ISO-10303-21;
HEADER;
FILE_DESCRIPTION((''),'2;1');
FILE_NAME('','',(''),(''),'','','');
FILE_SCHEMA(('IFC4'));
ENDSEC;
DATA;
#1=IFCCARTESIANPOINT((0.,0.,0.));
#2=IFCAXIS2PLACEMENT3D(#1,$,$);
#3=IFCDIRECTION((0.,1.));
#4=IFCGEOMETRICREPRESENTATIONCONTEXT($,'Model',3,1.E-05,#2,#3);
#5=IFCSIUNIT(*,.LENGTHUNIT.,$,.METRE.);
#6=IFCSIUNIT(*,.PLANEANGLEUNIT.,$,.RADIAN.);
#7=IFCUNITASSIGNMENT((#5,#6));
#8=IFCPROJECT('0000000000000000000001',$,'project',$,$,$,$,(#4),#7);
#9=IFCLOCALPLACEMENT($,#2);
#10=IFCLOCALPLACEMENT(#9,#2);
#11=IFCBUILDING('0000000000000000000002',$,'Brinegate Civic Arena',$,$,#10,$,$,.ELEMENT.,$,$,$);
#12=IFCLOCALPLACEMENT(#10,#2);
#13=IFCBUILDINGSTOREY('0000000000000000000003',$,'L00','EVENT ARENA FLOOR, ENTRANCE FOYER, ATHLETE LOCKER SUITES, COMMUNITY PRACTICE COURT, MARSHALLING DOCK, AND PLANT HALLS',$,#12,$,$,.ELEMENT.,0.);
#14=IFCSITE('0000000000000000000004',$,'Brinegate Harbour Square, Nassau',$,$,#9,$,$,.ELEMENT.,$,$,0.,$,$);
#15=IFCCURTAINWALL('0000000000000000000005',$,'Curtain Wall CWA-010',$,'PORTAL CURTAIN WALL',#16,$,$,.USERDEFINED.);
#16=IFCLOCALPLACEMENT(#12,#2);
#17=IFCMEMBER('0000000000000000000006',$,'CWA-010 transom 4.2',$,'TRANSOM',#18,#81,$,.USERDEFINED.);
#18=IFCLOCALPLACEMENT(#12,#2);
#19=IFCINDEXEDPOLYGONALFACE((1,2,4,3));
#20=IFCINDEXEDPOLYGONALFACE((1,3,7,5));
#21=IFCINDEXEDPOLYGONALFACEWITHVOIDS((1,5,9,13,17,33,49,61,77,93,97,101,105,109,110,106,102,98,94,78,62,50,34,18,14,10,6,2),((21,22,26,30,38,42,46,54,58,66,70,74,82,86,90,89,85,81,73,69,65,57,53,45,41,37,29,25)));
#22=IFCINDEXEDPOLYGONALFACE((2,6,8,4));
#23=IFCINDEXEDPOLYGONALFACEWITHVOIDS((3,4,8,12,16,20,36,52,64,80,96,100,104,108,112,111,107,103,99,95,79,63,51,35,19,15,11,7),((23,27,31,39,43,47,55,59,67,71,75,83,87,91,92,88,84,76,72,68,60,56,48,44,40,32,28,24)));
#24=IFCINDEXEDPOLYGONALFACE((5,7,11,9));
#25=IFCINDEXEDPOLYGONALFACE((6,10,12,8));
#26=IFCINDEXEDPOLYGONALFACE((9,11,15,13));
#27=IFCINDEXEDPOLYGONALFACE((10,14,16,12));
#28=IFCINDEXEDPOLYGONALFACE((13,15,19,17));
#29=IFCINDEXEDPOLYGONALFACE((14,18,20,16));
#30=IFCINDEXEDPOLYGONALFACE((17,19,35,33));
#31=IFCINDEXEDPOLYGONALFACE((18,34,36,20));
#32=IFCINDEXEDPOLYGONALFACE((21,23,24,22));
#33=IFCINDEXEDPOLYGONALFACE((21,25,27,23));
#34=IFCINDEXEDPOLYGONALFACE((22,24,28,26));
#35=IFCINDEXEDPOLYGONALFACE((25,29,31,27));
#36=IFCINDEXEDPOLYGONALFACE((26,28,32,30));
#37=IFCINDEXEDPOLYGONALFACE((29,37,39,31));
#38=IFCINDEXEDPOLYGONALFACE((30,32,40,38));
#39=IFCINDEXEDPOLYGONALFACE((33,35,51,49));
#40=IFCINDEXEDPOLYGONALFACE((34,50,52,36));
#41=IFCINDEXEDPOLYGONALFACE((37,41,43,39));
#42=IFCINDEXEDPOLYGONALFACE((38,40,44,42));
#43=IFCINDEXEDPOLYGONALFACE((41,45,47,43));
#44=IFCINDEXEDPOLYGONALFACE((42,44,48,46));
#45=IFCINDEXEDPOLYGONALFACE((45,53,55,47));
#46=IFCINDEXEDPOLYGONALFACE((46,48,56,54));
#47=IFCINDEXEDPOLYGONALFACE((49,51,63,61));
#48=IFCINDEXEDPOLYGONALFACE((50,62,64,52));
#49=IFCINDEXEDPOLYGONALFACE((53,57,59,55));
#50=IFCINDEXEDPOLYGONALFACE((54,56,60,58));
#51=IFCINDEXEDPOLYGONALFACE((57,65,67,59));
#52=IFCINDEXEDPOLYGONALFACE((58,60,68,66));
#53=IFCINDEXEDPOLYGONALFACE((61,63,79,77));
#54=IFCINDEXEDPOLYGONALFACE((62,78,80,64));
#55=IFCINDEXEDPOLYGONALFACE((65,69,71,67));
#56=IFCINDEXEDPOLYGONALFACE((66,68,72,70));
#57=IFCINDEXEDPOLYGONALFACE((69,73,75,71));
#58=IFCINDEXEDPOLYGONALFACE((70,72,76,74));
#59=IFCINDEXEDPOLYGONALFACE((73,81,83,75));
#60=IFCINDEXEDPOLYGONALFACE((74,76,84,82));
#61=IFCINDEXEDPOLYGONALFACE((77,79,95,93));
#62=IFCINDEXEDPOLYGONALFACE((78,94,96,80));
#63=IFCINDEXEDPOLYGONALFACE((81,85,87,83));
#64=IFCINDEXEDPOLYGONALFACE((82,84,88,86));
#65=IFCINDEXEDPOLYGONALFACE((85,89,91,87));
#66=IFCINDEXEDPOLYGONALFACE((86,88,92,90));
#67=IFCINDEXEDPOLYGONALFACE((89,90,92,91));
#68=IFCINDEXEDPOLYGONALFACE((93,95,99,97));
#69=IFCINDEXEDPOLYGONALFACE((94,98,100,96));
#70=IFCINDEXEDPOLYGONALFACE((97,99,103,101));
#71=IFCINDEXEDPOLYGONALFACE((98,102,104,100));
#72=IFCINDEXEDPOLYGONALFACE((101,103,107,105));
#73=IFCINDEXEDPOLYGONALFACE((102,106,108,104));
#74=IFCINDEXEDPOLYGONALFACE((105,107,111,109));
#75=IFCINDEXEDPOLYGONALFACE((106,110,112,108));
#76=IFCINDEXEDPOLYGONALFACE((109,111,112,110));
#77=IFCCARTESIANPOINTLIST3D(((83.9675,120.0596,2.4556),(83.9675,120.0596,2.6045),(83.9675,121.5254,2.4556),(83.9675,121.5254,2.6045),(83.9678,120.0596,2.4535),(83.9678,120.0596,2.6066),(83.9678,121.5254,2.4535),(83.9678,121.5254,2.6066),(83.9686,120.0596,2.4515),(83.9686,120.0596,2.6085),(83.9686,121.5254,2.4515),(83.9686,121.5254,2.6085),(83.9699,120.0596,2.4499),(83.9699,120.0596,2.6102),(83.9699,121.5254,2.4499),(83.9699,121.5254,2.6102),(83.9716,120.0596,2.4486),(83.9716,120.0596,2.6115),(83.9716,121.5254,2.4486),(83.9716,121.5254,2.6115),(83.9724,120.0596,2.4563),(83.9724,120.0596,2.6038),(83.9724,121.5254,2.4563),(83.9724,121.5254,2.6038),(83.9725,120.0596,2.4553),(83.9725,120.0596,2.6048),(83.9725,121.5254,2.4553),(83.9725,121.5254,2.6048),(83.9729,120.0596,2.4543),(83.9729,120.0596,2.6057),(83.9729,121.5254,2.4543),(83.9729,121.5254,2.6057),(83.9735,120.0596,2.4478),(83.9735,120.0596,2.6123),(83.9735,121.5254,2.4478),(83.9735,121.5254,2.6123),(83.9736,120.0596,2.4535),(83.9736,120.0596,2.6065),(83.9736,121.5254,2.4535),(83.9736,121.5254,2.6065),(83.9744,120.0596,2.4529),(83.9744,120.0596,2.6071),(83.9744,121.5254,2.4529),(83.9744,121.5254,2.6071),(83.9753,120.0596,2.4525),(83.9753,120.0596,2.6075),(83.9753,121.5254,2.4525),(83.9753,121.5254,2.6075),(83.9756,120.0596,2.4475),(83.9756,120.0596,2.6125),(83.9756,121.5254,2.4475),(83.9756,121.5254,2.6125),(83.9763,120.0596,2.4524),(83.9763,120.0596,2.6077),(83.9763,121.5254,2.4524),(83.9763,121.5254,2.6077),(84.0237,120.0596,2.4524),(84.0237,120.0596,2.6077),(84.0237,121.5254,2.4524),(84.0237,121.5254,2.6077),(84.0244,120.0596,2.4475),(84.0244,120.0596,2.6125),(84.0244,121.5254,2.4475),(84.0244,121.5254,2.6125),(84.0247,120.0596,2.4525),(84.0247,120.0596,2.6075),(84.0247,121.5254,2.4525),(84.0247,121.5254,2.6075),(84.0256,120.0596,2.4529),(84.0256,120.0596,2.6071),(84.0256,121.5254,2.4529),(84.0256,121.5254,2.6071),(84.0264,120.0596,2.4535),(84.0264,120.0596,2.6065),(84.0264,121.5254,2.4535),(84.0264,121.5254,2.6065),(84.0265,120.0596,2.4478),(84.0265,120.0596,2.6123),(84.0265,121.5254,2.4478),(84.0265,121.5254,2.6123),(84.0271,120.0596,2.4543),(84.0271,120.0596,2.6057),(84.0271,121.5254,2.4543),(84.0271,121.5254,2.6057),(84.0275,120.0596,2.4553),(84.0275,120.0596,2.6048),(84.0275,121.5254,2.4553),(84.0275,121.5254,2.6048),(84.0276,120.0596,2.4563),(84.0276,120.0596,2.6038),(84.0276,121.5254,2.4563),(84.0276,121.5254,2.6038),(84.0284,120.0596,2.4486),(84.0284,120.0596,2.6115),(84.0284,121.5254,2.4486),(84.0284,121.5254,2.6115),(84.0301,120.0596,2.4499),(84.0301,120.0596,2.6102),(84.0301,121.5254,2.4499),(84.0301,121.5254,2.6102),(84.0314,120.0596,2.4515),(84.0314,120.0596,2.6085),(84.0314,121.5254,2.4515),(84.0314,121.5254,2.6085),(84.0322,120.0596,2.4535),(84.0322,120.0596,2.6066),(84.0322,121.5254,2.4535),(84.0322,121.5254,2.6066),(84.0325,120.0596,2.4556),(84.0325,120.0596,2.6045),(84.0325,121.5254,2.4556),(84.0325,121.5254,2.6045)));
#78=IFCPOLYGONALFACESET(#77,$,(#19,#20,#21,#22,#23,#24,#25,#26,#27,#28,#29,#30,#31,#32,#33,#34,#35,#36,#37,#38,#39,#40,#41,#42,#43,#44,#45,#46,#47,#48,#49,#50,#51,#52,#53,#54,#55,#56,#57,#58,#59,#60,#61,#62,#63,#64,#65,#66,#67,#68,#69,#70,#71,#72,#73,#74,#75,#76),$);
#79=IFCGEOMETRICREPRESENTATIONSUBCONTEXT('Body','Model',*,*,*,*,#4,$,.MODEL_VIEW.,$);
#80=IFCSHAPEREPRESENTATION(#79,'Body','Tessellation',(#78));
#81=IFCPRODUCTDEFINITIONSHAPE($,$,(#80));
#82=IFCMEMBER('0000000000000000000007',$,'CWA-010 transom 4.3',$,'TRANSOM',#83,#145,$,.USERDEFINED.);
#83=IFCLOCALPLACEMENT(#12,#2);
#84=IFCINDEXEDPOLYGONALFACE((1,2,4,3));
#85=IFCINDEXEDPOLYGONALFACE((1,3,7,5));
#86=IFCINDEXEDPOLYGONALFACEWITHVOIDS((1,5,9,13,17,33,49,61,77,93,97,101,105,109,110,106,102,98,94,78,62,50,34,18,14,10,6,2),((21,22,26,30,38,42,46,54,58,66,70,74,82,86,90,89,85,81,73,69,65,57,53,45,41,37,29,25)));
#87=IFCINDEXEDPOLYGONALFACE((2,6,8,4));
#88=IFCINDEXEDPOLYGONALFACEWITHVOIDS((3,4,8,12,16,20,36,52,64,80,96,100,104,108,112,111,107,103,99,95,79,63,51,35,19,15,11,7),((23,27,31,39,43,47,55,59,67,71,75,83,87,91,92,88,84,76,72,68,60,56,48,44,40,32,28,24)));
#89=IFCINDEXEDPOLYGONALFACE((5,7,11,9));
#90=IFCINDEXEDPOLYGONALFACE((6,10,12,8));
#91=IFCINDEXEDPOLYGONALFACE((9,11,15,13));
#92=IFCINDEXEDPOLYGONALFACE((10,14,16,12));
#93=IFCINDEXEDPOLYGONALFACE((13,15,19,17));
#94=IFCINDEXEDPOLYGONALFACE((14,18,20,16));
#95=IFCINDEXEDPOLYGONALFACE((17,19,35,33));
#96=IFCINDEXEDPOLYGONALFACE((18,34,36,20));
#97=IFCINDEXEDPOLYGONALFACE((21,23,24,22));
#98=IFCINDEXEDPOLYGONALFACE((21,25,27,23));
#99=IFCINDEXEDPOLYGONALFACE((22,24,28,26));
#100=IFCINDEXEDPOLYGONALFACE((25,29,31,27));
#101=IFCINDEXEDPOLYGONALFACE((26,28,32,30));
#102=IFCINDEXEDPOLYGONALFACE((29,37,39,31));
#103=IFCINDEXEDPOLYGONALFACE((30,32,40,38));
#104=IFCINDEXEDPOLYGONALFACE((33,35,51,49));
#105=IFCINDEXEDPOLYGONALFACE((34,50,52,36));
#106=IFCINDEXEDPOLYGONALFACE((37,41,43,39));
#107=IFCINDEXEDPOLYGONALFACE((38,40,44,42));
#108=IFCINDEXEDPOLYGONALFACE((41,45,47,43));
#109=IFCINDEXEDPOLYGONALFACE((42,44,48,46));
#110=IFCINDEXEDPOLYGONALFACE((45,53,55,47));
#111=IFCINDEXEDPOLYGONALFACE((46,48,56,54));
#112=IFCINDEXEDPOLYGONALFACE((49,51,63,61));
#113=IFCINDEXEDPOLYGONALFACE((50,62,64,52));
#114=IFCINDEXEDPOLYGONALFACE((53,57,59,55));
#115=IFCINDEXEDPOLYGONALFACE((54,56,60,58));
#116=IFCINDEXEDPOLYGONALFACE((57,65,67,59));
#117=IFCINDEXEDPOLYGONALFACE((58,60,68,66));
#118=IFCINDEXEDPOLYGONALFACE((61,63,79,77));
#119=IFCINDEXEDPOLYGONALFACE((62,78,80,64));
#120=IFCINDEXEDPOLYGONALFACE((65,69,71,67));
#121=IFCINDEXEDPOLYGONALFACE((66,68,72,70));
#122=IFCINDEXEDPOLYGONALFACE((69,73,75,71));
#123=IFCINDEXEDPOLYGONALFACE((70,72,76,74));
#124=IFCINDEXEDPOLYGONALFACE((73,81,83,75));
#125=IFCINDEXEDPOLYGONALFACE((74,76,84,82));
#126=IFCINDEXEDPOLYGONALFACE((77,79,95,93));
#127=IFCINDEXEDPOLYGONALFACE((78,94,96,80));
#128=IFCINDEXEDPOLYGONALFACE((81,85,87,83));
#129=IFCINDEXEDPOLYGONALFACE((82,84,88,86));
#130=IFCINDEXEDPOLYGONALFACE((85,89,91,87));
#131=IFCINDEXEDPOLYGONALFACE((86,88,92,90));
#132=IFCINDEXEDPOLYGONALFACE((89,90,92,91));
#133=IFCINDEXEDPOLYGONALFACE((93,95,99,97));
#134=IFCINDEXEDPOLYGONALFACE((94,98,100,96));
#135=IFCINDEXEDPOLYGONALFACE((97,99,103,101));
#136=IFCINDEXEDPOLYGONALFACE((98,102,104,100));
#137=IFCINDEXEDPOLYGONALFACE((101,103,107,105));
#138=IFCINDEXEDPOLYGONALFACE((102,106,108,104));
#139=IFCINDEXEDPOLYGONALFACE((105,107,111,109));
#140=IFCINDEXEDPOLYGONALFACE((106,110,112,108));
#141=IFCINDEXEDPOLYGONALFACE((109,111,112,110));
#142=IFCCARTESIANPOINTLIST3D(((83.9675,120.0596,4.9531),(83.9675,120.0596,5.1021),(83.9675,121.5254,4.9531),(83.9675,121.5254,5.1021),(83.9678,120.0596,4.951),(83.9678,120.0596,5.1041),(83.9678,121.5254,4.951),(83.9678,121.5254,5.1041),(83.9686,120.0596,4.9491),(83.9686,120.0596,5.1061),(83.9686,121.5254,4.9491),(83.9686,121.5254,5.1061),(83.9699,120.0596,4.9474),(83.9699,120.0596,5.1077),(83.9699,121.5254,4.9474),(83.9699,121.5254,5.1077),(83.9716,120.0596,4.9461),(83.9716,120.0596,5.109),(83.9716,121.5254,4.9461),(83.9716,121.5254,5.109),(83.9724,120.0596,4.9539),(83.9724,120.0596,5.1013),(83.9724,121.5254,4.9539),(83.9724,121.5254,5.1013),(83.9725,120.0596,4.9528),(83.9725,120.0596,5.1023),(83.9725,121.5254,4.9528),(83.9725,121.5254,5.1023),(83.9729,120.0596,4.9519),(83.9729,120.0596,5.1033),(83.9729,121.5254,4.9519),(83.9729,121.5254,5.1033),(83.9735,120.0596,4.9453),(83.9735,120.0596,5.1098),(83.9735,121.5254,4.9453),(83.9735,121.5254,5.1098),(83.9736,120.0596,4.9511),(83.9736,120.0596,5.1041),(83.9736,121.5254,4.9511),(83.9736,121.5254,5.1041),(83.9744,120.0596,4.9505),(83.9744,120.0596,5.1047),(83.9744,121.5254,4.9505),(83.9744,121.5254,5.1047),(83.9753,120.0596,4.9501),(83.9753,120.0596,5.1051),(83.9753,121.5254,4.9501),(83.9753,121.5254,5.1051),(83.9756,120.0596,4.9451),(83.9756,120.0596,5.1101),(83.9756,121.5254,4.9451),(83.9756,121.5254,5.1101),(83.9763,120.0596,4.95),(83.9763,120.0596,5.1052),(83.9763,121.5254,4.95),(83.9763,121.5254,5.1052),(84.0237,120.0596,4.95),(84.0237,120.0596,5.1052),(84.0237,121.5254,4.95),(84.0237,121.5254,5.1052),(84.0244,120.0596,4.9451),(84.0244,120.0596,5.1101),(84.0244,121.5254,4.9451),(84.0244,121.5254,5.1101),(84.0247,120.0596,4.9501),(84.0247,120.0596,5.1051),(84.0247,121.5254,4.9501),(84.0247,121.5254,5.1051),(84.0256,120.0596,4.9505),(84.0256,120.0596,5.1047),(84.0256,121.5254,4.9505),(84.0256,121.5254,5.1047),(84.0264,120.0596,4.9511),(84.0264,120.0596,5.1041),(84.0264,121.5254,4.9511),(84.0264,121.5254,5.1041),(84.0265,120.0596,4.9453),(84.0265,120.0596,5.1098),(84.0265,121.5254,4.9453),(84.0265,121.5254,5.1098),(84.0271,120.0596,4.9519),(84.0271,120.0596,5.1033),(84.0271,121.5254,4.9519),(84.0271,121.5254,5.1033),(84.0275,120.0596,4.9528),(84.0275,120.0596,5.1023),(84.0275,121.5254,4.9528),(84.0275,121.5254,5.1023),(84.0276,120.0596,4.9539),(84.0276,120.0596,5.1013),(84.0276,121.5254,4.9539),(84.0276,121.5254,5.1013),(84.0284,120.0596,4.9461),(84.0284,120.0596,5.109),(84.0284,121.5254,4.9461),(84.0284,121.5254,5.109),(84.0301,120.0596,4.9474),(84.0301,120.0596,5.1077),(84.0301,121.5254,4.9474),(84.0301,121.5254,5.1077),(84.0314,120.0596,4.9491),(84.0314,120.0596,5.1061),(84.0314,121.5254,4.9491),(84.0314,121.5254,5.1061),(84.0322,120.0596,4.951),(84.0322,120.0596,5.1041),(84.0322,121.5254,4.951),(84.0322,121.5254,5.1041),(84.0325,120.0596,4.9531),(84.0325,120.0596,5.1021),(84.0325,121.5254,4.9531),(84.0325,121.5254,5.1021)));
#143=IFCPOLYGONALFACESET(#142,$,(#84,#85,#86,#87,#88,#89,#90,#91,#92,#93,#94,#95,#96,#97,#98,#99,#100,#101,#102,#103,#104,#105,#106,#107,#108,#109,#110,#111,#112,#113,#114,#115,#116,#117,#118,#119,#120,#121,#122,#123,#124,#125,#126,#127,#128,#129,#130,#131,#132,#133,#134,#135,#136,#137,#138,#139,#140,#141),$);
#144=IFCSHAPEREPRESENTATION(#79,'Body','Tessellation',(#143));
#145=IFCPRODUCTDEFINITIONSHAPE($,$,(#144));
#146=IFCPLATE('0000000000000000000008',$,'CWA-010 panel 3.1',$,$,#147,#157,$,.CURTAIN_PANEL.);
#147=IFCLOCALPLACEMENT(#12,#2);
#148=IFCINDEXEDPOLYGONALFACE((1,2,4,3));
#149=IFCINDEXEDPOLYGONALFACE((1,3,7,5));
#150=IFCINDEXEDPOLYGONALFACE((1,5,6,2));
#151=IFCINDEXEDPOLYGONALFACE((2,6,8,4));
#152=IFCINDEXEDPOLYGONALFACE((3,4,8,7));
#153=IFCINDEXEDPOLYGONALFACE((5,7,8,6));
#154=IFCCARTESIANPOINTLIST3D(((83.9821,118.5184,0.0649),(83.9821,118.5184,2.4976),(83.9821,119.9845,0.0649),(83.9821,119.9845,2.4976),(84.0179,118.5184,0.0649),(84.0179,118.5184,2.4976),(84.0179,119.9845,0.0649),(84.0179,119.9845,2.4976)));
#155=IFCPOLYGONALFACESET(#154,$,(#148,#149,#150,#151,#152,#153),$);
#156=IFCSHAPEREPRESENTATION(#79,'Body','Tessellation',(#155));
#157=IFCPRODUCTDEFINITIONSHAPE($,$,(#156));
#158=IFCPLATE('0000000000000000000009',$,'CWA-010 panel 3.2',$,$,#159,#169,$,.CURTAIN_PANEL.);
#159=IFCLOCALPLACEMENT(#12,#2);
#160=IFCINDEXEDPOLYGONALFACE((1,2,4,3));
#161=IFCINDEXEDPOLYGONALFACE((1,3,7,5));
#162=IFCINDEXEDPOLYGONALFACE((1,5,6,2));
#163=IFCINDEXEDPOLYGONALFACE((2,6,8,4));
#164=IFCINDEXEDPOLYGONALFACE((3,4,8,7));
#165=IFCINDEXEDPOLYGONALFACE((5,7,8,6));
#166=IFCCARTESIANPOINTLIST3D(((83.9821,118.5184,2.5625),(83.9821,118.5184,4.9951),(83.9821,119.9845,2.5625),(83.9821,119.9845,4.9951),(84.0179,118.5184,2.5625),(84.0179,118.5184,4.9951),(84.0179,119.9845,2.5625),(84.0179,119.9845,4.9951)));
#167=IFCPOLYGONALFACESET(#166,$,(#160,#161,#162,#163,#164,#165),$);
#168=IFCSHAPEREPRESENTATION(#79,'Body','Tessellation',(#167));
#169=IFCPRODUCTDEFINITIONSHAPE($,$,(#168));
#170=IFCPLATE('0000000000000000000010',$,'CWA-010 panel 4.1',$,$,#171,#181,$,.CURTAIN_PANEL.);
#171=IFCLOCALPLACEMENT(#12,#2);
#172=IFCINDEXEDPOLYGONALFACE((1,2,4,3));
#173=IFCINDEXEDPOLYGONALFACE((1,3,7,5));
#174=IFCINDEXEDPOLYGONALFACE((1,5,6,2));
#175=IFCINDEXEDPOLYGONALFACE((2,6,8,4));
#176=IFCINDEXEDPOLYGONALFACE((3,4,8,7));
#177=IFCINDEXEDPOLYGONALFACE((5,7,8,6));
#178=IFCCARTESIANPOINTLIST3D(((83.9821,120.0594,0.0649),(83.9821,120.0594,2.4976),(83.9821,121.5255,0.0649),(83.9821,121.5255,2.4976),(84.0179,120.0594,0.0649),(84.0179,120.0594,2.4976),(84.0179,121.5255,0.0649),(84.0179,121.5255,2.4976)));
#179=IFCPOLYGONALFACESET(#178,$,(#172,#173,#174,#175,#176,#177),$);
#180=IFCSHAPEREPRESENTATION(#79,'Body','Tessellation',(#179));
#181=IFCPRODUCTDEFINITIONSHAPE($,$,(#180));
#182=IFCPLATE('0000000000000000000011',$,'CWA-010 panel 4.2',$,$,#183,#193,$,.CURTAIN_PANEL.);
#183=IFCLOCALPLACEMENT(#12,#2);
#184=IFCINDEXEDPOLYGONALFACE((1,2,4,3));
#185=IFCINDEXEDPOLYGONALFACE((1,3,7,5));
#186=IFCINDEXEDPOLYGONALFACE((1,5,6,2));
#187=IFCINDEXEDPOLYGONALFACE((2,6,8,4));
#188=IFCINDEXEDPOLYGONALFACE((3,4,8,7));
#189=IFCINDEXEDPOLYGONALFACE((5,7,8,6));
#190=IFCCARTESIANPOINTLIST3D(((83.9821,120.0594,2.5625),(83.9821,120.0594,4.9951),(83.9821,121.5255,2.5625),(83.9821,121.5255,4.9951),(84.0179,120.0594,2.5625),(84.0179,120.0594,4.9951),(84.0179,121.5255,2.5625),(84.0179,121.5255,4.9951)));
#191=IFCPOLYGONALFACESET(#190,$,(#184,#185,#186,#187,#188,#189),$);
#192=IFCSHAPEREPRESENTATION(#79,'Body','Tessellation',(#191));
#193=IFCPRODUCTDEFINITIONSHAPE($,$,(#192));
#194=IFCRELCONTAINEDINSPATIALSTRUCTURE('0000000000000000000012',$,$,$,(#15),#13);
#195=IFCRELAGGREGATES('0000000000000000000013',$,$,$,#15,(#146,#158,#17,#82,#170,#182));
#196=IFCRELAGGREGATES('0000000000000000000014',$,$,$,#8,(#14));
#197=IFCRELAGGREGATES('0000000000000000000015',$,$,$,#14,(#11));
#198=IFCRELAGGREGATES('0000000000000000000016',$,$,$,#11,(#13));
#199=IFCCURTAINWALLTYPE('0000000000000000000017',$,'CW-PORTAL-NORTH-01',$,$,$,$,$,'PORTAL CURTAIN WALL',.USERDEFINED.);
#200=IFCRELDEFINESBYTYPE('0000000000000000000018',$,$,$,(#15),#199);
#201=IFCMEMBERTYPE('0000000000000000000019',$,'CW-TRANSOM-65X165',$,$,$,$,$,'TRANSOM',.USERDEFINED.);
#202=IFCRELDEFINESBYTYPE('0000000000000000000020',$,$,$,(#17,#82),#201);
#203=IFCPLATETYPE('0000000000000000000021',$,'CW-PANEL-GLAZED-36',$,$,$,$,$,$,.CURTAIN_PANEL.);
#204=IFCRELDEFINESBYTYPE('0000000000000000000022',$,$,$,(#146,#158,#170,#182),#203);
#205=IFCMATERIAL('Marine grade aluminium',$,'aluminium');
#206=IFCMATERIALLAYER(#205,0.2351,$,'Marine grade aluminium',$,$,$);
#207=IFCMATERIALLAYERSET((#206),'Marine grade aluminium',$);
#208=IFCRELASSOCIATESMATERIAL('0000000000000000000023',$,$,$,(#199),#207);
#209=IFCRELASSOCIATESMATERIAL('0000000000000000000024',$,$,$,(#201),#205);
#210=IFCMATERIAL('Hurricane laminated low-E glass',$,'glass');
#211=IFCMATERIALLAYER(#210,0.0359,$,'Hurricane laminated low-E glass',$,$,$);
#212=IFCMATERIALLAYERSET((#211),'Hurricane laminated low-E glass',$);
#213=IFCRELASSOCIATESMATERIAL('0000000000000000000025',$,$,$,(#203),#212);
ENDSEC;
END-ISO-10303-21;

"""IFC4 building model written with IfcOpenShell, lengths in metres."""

from ifc_helpers import new_model, si_unit, direction, frame, origin, origin_2d, place, context, subcontext, project, spatial, rectangle, hollow_rectangle, extrude, material, layer, layer_set, material_profile, profile_set, type_object, element, aggregate, save


model = new_model("IFC4")

# Units and contexts
model_context = context("Model", 3, precision=1e-05, world=origin(), true_north=direction((0.0, 1.0)))
body_context = subcontext(model_context, "Body", "Model", "MODEL_VIEW")
ifc_project = project(units=[si_unit("LENGTHUNIT", "METRE"), si_unit("PLANEANGLEUNIT", "RADIAN")], contexts=[model_context])

# Site, building, storey
site_placement = place(None, origin())
site = spatial("IfcSite", under=ifc_project, at=site_placement, Name="Brinegate Harbour Square, Nassau", CompositionType="ELEMENT", RefElevation=0.0)
building_placement = place(site_placement, origin())
building = spatial("IfcBuilding", under=site, at=building_placement, Name="Brinegate Civic Arena", CompositionType="ELEMENT")
storey_placement = place(building_placement, origin())
storey = spatial("IfcBuildingStorey", under=building, at=storey_placement, Name="L00", Description="EVENT ARENA FLOOR, ENTRANCE FOYER, ATHLETE LOCKER SUITES, COMMUNITY PRACTICE COURT, MARSHALLING DOCK, AND PLANT HALLS", CompositionType="ELEMENT", Elevation=0.0)

# Curtain wall, members, plates
ifc_material_1 = material(Name="Marine grade aluminium", Category="aluminium")
ifc_layer_1 = layer(ifc_material_1, 0.2351, Name="Marine grade aluminium")
ifc_layer_set_1 = layer_set([ifc_layer_1], Name="Marine grade aluminium")
curtain_wall_type = type_object("IfcCurtainWallType", Name="CW-PORTAL-NORTH-01", ElementType="PORTAL CURTAIN WALL", PredefinedType="USERDEFINED", material=ifc_layer_set_1)
curtain_wall_placement = place(storey_placement, origin())
curtain_wall = element("IfcCurtainWall", 1, at=curtain_wall_placement, inside=storey, type_object=curtain_wall_type, Name="Curtain Wall CWA-010", ObjectType="PORTAL CURTAIN WALL", PredefinedType="USERDEFINED")
ifc_material_profile_1 = material_profile(ifc_material_1, hollow_rectangle(XDim=0.0649, YDim=0.165, WallThickness=0.0049, InnerFilletRadius=0.0039, OuterFilletRadius=0.0081, at=origin_2d()), Name="TRN65X165")
ifc_profile_set_1 = profile_set([ifc_material_profile_1], Name="Marine grade aluminium")
member_type_1 = type_object("IfcMemberType", Name="CW-TRANSOM-65X165", ElementType="TRANSOM", PredefinedType="USERDEFINED", material=ifc_profile_set_1)
member_1_placement = place(storey_placement, frame((84.0, 120.0596, 2.53), z_axis=(0.0, 1.0, 0.0), x_axis=(-1.0, 0.0, 0.0)))
member_1 = element("IfcMember", 2, at=member_1_placement, type_object=member_type_1, Name="CWA-010 transom 4.2", ObjectType="TRANSOM", PredefinedType="USERDEFINED", context=body_context, shape_type="SweptSolid", body=[
    extrude(hollow_rectangle(XDim=0.0649, YDim=0.165, WallThickness=0.0049, InnerFilletRadius=0.0039, OuterFilletRadius=0.0081, at=origin_2d()), origin(), (0.0, 0.0, 1.0), 1.4658),
])
member_2_placement = place(storey_placement, frame((84.0, 120.0596, 5.0276), z_axis=(0.0, 1.0, 0.0), x_axis=(-1.0, 0.0, 0.0)))
member_2 = element("IfcMember", 3, at=member_2_placement, type_object=member_type_1, Name="CWA-010 transom 4.3", ObjectType="TRANSOM", PredefinedType="USERDEFINED", context=body_context, shape_type="SweptSolid", body=[
    extrude(hollow_rectangle(XDim=0.0649, YDim=0.165, WallThickness=0.0049, InnerFilletRadius=0.0039, OuterFilletRadius=0.0081, at=origin_2d()), origin(), (0.0, 0.0, 1.0), 1.4658),
])
ifc_material_2 = material(Name="Hurricane laminated low-E glass", Category="glass")
ifc_layer_2 = layer(ifc_material_2, 0.0359, Name="Hurricane laminated low-E glass")
ifc_layer_set_2 = layer_set([ifc_layer_2], Name="Hurricane laminated low-E glass")
plate_type = type_object("IfcPlateType", Name="CW-PANEL-GLAZED-36", PredefinedType="CURTAIN_PANEL", material=ifc_layer_set_2)
plate_1_placement = place(storey_placement, frame((84.0, 119.2515, 0.0649), z_axis=(0.0, 0.0, 1.0), x_axis=(0.0, 1.0, 0.0)))
plate_1 = element("IfcPlate", 4, at=plate_1_placement, type_object=plate_type, Name="CWA-010 panel 3.1", PredefinedType="CURTAIN_PANEL", context=body_context, shape_type="SweptSolid", body=[
    extrude(rectangle(XDim=1.4661, YDim=0.0359, at=origin_2d()), origin(), (0.0, 0.0, 1.0), 2.4326),
])
plate_2_placement = place(storey_placement, frame((84.0, 119.2515, 2.5625), z_axis=(0.0, 0.0, 1.0), x_axis=(0.0, 1.0, 0.0)))
plate_2 = element("IfcPlate", 5, at=plate_2_placement, type_object=plate_type, Name="CWA-010 panel 3.2", PredefinedType="CURTAIN_PANEL", context=body_context, shape_type="SweptSolid", body=[
    extrude(rectangle(XDim=1.4661, YDim=0.0359, at=origin_2d()), origin(), (0.0, 0.0, 1.0), 2.4326),
])
plate_3_placement = place(storey_placement, frame((84.0, 120.7925, 0.0649), z_axis=(0.0, 0.0, 1.0), x_axis=(0.0, 1.0, 0.0)))
plate_3 = element("IfcPlate", 6, at=plate_3_placement, type_object=plate_type, Name="CWA-010 panel 4.1", PredefinedType="CURTAIN_PANEL", context=body_context, shape_type="SweptSolid", body=[
    extrude(rectangle(XDim=1.4661, YDim=0.0359, at=origin_2d()), origin(), (0.0, 0.0, 1.0), 2.4326),
])
plate_4_placement = place(storey_placement, frame((84.0, 120.7925, 2.5625), z_axis=(0.0, 0.0, 1.0), x_axis=(0.0, 1.0, 0.0)))
plate_4 = element("IfcPlate", 7, at=plate_4_placement, type_object=plate_type, Name="CWA-010 panel 4.2", PredefinedType="CURTAIN_PANEL", context=body_context, shape_type="SweptSolid", body=[
    extrude(rectangle(XDim=1.4661, YDim=0.0359, at=origin_2d()), origin(), (0.0, 0.0, 1.0), 2.4326),
])
aggregate(curtain_wall, [plate_1, plate_2, member_1, member_2, plate_3, plate_4])

save(model, "model.ifc")
